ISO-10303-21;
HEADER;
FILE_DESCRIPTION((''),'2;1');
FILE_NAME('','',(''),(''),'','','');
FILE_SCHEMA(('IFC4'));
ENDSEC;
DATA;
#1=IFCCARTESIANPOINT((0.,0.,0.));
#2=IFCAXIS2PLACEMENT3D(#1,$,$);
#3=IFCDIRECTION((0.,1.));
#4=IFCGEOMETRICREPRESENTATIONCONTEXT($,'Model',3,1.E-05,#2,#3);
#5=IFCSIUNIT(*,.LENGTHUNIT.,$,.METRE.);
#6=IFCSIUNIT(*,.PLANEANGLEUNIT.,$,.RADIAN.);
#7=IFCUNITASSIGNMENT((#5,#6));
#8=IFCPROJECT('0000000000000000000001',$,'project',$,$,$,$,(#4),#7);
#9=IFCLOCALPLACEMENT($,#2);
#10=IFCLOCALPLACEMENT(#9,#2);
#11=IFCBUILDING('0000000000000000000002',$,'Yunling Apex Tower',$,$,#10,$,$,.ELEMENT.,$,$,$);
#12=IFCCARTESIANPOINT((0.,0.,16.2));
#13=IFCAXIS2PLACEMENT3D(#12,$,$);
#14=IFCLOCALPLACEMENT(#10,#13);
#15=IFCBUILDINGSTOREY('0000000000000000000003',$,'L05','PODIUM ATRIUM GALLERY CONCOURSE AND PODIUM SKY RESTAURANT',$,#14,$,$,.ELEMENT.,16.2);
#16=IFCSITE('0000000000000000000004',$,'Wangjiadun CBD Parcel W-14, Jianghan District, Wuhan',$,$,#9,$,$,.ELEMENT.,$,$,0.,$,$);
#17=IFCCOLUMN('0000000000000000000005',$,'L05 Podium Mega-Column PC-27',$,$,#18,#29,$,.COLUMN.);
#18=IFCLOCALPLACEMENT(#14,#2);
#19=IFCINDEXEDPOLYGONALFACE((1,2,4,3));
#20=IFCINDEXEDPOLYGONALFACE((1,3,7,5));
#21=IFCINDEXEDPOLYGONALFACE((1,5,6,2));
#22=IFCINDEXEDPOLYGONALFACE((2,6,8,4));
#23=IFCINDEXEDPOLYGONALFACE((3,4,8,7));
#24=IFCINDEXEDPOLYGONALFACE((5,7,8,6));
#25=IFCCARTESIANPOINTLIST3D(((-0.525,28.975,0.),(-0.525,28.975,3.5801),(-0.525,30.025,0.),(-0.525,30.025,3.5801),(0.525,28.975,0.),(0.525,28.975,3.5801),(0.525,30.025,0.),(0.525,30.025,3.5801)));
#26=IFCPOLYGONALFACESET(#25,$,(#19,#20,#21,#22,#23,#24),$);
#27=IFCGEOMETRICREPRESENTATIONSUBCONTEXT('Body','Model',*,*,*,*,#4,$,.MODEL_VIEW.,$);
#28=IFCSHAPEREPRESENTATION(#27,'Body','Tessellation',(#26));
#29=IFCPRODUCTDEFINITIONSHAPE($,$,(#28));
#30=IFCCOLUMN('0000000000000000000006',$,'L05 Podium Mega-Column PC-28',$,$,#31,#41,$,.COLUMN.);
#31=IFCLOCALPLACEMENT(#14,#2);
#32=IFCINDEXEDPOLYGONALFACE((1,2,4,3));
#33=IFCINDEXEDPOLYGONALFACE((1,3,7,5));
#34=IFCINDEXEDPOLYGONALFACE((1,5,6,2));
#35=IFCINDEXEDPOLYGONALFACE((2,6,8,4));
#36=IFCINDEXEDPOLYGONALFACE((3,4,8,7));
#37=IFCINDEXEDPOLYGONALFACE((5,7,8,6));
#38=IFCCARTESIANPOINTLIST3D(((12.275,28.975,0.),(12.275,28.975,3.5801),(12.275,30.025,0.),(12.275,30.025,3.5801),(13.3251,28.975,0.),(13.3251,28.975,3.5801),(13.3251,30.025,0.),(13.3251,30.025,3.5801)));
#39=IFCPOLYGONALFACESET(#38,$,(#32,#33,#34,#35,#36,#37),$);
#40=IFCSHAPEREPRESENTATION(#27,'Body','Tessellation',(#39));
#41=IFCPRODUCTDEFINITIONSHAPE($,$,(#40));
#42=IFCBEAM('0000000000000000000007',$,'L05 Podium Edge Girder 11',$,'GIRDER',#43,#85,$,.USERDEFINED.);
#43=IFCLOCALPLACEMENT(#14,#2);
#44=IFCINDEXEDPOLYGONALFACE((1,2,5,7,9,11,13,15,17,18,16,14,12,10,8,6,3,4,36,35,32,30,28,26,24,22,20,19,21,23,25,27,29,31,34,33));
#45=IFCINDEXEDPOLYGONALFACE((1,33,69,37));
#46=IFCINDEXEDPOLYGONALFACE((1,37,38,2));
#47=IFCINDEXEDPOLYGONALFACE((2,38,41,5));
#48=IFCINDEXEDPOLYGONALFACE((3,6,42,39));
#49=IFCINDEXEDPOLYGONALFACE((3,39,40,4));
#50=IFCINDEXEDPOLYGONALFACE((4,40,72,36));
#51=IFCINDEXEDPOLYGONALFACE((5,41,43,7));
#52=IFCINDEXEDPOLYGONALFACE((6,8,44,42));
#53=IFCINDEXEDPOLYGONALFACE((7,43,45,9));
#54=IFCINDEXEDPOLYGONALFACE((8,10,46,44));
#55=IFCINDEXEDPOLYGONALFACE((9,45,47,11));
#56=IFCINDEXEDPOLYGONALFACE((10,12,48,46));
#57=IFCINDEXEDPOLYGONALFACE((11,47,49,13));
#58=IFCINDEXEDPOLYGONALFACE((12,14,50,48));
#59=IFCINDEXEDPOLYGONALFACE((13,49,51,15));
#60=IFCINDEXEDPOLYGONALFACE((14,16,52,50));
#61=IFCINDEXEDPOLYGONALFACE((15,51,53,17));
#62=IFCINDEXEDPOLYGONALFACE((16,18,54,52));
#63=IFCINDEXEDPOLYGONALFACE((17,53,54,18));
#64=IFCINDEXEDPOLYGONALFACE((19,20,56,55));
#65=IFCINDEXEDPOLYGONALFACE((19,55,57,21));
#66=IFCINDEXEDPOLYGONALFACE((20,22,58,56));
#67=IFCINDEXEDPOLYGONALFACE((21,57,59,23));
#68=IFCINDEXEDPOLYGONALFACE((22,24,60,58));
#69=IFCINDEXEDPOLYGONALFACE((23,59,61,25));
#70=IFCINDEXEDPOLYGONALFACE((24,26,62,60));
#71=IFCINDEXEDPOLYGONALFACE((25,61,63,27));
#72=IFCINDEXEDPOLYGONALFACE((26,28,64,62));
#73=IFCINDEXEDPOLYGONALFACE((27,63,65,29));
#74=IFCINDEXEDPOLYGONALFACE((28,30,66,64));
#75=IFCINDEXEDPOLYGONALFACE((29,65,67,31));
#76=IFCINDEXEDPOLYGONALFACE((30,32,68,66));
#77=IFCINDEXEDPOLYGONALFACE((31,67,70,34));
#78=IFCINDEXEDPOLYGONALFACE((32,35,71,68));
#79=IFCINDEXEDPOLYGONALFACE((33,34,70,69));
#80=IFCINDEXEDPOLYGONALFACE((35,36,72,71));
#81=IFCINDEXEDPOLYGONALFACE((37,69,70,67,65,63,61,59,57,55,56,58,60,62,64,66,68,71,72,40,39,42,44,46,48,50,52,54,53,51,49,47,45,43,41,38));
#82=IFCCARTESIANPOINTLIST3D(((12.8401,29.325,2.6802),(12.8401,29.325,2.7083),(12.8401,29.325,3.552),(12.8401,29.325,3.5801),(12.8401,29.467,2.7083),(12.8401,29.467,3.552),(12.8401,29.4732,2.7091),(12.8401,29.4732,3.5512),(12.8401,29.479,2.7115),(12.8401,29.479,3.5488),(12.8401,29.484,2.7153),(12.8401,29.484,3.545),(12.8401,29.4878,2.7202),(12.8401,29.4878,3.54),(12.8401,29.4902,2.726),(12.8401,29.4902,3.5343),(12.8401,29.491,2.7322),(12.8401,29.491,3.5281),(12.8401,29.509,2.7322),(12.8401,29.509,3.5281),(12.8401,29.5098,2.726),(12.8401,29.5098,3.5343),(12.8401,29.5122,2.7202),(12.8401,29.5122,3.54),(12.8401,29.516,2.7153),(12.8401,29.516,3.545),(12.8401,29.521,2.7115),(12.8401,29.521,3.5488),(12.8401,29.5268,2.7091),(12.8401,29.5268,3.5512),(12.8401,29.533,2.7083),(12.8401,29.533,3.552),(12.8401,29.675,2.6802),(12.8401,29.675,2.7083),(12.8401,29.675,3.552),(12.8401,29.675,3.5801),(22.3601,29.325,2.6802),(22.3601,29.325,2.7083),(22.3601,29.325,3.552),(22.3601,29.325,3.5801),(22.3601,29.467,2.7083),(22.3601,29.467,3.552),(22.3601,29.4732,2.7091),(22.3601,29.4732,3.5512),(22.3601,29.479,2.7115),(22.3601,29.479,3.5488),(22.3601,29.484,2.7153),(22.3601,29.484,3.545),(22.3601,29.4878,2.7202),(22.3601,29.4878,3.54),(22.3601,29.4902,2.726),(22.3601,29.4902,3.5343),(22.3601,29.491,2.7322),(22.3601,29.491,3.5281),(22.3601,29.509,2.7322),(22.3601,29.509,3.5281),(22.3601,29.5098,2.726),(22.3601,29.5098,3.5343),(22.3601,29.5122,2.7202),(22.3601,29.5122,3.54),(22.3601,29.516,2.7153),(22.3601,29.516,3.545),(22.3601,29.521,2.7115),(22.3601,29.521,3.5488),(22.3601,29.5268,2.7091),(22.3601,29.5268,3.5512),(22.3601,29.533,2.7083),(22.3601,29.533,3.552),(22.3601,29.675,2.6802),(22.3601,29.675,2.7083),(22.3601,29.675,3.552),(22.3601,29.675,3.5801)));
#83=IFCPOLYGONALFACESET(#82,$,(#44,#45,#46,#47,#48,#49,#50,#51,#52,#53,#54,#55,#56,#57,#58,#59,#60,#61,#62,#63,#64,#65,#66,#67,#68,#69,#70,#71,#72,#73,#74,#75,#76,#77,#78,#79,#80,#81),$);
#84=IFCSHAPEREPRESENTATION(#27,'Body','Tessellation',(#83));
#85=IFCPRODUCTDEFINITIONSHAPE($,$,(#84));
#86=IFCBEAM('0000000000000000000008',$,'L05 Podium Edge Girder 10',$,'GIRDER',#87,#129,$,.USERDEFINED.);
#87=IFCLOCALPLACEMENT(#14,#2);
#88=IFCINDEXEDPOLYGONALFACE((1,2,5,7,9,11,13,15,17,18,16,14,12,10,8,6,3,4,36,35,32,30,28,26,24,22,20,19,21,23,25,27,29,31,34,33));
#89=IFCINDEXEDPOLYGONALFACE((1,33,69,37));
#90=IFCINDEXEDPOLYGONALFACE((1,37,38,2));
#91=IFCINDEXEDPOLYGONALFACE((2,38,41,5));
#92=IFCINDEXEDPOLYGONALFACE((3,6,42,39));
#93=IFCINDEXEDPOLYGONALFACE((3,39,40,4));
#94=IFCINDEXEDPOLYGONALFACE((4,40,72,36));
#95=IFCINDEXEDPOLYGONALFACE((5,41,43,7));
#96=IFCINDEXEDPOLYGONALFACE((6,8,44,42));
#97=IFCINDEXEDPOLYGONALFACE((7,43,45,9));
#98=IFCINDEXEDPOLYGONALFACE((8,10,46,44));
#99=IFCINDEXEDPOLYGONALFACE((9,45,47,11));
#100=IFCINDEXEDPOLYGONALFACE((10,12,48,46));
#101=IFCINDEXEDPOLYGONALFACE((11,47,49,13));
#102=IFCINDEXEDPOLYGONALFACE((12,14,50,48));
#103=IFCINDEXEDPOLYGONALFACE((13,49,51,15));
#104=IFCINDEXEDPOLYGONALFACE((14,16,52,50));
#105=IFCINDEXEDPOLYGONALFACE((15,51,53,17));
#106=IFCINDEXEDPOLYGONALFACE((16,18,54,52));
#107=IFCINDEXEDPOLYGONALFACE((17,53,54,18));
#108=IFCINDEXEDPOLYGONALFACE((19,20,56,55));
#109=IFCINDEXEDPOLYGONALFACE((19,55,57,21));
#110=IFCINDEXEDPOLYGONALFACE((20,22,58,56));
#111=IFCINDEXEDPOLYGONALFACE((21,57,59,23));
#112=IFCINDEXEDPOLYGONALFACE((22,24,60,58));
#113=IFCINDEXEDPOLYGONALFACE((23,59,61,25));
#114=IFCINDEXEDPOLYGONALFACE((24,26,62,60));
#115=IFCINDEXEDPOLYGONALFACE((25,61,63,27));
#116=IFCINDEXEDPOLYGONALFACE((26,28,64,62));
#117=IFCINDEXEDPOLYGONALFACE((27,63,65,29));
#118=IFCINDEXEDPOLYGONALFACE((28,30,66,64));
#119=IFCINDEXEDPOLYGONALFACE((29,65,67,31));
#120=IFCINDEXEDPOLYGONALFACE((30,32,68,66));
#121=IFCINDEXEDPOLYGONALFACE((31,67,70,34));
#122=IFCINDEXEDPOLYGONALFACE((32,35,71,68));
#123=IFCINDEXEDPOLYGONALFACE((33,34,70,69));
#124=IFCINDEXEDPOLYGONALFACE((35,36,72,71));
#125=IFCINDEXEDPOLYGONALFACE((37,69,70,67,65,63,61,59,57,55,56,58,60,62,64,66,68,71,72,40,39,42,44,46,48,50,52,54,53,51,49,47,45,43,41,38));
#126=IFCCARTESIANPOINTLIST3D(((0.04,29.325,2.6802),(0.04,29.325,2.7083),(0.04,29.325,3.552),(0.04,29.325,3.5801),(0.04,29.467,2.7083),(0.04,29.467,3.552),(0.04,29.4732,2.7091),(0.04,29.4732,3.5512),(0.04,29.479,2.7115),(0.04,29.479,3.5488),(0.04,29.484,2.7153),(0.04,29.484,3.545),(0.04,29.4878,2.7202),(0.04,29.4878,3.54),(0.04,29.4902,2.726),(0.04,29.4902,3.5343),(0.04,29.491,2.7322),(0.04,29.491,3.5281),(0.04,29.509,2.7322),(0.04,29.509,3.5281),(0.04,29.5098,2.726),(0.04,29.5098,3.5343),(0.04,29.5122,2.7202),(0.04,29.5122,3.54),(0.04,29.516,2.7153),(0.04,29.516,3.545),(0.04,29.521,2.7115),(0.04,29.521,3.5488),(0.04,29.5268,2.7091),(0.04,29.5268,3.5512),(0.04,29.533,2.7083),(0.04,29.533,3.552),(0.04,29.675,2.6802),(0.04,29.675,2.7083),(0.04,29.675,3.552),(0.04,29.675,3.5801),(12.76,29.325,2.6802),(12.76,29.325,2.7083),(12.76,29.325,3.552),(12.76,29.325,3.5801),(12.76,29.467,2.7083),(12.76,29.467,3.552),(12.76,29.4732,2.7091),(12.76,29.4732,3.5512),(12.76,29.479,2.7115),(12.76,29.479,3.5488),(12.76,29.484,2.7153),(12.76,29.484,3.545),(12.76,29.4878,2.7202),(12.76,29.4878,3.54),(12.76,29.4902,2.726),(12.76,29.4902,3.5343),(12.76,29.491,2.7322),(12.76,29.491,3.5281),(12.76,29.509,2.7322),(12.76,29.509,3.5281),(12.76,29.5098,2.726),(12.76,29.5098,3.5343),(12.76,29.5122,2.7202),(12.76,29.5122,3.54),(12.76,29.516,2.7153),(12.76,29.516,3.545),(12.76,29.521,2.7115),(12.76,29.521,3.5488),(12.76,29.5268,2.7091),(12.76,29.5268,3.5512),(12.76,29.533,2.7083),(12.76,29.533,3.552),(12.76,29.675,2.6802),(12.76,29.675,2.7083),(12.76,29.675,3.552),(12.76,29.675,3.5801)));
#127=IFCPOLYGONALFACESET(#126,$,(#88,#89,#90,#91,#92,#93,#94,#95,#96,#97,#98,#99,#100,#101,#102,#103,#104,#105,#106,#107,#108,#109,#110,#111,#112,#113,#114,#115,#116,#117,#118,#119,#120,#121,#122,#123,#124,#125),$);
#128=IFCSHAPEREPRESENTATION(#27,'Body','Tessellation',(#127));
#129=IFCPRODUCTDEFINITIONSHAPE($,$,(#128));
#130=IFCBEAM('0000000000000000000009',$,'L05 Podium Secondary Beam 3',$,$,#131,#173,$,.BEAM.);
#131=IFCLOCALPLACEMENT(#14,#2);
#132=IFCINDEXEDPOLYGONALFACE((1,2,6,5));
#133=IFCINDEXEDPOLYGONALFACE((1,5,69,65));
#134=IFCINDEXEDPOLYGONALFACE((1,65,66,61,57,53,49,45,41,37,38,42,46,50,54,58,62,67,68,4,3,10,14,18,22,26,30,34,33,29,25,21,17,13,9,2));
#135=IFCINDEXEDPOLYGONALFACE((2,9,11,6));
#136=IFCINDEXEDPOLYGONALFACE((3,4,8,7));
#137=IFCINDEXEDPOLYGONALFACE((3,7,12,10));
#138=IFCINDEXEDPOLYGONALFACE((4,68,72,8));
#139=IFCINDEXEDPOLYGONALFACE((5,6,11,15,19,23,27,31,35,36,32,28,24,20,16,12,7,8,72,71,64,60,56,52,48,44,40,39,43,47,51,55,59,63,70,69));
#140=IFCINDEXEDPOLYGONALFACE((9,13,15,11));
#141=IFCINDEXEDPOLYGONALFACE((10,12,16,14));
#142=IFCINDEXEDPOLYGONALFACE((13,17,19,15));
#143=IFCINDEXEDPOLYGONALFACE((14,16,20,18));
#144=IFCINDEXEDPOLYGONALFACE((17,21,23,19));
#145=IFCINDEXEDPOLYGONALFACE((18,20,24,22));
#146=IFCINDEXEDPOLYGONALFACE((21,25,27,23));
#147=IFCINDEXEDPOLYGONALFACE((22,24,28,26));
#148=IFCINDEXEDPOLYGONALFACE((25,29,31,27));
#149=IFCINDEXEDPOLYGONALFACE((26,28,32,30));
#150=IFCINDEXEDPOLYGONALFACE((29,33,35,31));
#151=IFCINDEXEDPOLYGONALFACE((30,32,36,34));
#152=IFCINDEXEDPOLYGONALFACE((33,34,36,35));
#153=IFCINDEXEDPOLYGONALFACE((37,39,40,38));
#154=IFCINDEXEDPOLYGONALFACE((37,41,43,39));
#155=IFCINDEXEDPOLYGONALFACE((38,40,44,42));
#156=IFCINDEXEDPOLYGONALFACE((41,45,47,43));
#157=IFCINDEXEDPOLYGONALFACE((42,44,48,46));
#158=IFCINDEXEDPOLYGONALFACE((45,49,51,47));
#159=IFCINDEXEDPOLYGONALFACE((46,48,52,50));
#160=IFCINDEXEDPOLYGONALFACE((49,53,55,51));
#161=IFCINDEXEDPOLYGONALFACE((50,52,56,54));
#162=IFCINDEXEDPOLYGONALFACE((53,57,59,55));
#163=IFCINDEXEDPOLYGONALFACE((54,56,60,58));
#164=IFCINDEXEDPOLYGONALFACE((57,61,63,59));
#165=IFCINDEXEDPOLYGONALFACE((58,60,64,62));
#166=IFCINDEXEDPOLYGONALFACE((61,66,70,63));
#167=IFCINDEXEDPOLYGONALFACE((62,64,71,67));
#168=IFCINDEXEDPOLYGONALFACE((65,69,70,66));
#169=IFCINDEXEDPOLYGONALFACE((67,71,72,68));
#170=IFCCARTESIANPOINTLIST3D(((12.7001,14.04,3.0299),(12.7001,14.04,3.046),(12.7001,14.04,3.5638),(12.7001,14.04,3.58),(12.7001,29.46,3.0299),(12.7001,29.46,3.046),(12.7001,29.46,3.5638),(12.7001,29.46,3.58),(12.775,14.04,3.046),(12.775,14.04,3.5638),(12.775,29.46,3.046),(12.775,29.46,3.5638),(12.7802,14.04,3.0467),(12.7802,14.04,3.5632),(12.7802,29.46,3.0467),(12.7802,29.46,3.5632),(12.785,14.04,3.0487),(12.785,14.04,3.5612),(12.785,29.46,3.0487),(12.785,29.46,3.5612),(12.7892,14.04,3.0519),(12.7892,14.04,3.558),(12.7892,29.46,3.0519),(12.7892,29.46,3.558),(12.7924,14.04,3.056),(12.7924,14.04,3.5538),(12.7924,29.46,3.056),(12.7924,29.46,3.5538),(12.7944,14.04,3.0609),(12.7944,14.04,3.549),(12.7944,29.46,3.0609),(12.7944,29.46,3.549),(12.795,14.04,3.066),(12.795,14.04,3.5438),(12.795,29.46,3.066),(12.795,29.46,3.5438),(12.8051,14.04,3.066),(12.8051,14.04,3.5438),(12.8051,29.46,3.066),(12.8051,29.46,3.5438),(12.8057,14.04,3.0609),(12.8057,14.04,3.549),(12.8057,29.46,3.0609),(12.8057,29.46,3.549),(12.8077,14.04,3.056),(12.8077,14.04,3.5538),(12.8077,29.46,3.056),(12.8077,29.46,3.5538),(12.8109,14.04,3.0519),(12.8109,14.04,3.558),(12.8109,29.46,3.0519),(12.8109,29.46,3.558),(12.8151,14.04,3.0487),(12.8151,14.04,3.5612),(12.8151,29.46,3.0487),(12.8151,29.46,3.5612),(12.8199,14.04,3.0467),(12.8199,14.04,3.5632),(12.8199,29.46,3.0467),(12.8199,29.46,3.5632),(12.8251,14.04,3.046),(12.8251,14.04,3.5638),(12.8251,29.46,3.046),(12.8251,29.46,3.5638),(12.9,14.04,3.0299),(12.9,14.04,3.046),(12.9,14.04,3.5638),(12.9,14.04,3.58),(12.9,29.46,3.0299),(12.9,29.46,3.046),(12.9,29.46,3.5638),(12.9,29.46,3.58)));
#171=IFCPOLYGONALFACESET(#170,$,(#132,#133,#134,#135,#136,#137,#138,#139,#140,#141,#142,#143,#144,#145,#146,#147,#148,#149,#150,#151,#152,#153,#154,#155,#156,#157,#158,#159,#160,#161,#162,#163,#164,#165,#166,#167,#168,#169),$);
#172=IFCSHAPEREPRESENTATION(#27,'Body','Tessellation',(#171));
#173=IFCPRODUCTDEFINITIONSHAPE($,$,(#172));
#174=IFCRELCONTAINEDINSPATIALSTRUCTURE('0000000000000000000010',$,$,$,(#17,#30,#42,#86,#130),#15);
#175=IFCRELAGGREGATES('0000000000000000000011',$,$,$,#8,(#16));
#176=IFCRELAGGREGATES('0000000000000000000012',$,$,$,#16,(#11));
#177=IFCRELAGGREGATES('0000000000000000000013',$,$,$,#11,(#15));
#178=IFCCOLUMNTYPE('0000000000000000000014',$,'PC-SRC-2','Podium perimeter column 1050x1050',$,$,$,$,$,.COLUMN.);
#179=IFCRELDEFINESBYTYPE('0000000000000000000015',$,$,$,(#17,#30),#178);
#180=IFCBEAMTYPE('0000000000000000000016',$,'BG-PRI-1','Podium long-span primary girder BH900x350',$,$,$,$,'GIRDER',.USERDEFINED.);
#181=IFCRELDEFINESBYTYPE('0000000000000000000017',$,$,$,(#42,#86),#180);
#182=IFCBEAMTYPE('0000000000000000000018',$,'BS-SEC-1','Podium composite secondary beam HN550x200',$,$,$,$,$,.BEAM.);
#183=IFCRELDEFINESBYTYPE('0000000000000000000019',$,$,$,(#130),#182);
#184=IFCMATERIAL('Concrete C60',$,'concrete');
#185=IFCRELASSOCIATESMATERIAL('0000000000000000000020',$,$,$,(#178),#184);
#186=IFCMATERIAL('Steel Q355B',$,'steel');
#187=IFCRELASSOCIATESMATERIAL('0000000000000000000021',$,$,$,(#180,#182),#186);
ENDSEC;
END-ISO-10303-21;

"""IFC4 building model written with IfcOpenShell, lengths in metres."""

from ifc_helpers import new_model, si_unit, direction, frame, origin, origin_2d, place, context, subcontext, project, spatial, rectangle, i_section, extrude, source, transform, mapped, material, material_profile, profile_set, type_object, element, save


model = new_model("IFC4")

# Units and contexts
model_context = context("Model", 3, precision=1e-05, world=origin(), true_north=direction((0.0, 1.0)))
body_context = subcontext(model_context, "Body", "Model", "MODEL_VIEW")
ifc_project = project(units=[si_unit("LENGTHUNIT", "METRE"), si_unit("PLANEANGLEUNIT", "RADIAN")], contexts=[model_context])

# Site, building, storey
site_placement = place(None, origin())
site = spatial("IfcSite", under=ifc_project, at=site_placement, Name="Wangjiadun CBD Parcel W-14, Jianghan District, Wuhan", CompositionType="ELEMENT", RefElevation=0.0)
building_placement = place(site_placement, origin())
building = spatial("IfcBuilding", under=site, at=building_placement, Name="Yunling Apex Tower", CompositionType="ELEMENT")
storey_placement = place(building_placement, frame((0.0, 0.0, 16.2)))
storey = spatial("IfcBuildingStorey", under=building, at=storey_placement, Name="L05", Description="PODIUM ATRIUM GALLERY CONCOURSE AND PODIUM SKY RESTAURANT", CompositionType="ELEMENT", Elevation=16.2)

# Columns
ifc_material_1 = material(Name="Concrete C60", Category="concrete")
ifc_material_profile_1 = material_profile(ifc_material_1, rectangle(XDim=1.05, YDim=1.05, at=origin_2d()))
ifc_profile_set_1 = profile_set([ifc_material_profile_1], Name="Concrete C60")
column_type = type_object("IfcColumnType", Name="PC-SRC-2", Description="Podium perimeter column 1050x1050", PredefinedType="COLUMN", material=ifc_profile_set_1)
shared_shape_1 = source(origin(), body_context, "Body", "SweptSolid", [
    extrude(rectangle(XDim=1.05, YDim=1.05, at=origin_2d()), origin(), (0.0, 0.0, 1.0), 3.5801),
])
for number, where, z_axis, x_axis, name in (
    (1, (0.0, 29.5, 0.0), (0.0, 0.0, 1.0), (1.0, 0.0, 0.0), "L05 Podium Mega-Column PC-27"),
    (2, (12.8, 29.5, 0.0), (0.0, 0.0, 1.0), (1.0, 0.0, 0.0), "L05 Podium Mega-Column PC-28"),
):
    element("IfcColumn", number, at=place(storey_placement, frame(where, z_axis=z_axis, x_axis=x_axis)), inside=storey, type_object=column_type, Name=name, PredefinedType="COLUMN", context=body_context, shape_type="MappedRepresentation", body=[
        mapped(shared_shape_1, transform((0.0, 0.0, 0.0), scale=1.0)),
    ])

# Beams
ifc_material_2 = material(Name="Steel Q355B", Category="steel")
ifc_material_profile_2 = material_profile(ifc_material_2, i_section(OverallWidth=0.3501, OverallDepth=0.8999, WebThickness=0.0181, FlangeThickness=0.0281, FilletRadius=0.0239, at=origin_2d()))
ifc_profile_set_2 = profile_set([ifc_material_profile_2], Name="Steel Q355B")
beam_type_1 = type_object("IfcBeamType", Name="BG-PRI-1", Description="Podium long-span primary girder BH900x350", ElementType="GIRDER", PredefinedType="USERDEFINED", material=ifc_profile_set_2)
shared_shape_2 = source(origin(), body_context, "Body", "SweptSolid", [
    extrude(i_section(OverallWidth=0.3501, OverallDepth=0.8999, WebThickness=0.0181, FlangeThickness=0.0281, FilletRadius=0.0239, at=origin_2d()), origin(), (0.0, 0.0, 1.0), 9.52),
])
beam_1_placement = place(storey_placement, frame((12.8401, 29.5, 3.1301), z_axis=(1.0, 0.0, 0.0), x_axis=(0.0, 1.0, 0.0)))
element("IfcBeam", 3, at=beam_1_placement, inside=storey, type_object=beam_type_1, Name="L05 Podium Edge Girder 11", ObjectType="GIRDER", PredefinedType="USERDEFINED", context=body_context, shape_type="MappedRepresentation", body=[
    mapped(shared_shape_2, transform((0.0, 0.0, 0.0), scale=1.0)),
])
shared_shape_3 = source(origin(), body_context, "Body", "SweptSolid", [
    extrude(i_section(OverallWidth=0.3501, OverallDepth=0.8999, WebThickness=0.0181, FlangeThickness=0.0281, FilletRadius=0.0239, at=origin_2d()), origin(), (0.0, 0.0, 1.0), 12.72),
])
beam_2_placement = place(storey_placement, frame((0.04, 29.5, 3.1301), z_axis=(1.0, 0.0, 0.0), x_axis=(0.0, 1.0, 0.0)))
element("IfcBeam", 4, at=beam_2_placement, inside=storey, type_object=beam_type_1, Name="L05 Podium Edge Girder 10", ObjectType="GIRDER", PredefinedType="USERDEFINED", context=body_context, shape_type="MappedRepresentation", body=[
    mapped(shared_shape_3, transform((0.0, 0.0, 0.0), scale=1.0)),
])
ifc_material_profile_3 = material_profile(ifc_material_2, i_section(OverallWidth=0.2, OverallDepth=0.55, WebThickness=0.01, FlangeThickness=0.0161, FilletRadius=0.02, at=origin_2d()))
ifc_profile_set_3 = profile_set([ifc_material_profile_3], Name="Steel Q355B")
beam_type_2 = type_object("IfcBeamType", Name="BS-SEC-1", Description="Podium composite secondary beam HN550x200", PredefinedType="BEAM", material=ifc_profile_set_3)
shared_shape_4 = source(origin(), body_context, "Body", "SweptSolid", [
    extrude(i_section(OverallWidth=0.2, OverallDepth=0.55, WebThickness=0.01, FlangeThickness=0.0161, FilletRadius=0.02, at=origin_2d()), origin(), (0.0, 0.0, 1.0), 15.4199),
])
beam_3_placement = place(storey_placement, frame((12.8, 29.46, 3.3049), z_axis=(0.0, -1.0, 0.0), x_axis=(1.0, 0.0, 0.0)))
element("IfcBeam", 5, at=beam_3_placement, inside=storey, type_object=beam_type_2, Name="L05 Podium Secondary Beam 3", PredefinedType="BEAM", context=body_context, shape_type="MappedRepresentation", body=[
    mapped(shared_shape_4, transform((0.0, 0.0, 0.0), scale=1.0)),
])

save(model, "model.ifc")
